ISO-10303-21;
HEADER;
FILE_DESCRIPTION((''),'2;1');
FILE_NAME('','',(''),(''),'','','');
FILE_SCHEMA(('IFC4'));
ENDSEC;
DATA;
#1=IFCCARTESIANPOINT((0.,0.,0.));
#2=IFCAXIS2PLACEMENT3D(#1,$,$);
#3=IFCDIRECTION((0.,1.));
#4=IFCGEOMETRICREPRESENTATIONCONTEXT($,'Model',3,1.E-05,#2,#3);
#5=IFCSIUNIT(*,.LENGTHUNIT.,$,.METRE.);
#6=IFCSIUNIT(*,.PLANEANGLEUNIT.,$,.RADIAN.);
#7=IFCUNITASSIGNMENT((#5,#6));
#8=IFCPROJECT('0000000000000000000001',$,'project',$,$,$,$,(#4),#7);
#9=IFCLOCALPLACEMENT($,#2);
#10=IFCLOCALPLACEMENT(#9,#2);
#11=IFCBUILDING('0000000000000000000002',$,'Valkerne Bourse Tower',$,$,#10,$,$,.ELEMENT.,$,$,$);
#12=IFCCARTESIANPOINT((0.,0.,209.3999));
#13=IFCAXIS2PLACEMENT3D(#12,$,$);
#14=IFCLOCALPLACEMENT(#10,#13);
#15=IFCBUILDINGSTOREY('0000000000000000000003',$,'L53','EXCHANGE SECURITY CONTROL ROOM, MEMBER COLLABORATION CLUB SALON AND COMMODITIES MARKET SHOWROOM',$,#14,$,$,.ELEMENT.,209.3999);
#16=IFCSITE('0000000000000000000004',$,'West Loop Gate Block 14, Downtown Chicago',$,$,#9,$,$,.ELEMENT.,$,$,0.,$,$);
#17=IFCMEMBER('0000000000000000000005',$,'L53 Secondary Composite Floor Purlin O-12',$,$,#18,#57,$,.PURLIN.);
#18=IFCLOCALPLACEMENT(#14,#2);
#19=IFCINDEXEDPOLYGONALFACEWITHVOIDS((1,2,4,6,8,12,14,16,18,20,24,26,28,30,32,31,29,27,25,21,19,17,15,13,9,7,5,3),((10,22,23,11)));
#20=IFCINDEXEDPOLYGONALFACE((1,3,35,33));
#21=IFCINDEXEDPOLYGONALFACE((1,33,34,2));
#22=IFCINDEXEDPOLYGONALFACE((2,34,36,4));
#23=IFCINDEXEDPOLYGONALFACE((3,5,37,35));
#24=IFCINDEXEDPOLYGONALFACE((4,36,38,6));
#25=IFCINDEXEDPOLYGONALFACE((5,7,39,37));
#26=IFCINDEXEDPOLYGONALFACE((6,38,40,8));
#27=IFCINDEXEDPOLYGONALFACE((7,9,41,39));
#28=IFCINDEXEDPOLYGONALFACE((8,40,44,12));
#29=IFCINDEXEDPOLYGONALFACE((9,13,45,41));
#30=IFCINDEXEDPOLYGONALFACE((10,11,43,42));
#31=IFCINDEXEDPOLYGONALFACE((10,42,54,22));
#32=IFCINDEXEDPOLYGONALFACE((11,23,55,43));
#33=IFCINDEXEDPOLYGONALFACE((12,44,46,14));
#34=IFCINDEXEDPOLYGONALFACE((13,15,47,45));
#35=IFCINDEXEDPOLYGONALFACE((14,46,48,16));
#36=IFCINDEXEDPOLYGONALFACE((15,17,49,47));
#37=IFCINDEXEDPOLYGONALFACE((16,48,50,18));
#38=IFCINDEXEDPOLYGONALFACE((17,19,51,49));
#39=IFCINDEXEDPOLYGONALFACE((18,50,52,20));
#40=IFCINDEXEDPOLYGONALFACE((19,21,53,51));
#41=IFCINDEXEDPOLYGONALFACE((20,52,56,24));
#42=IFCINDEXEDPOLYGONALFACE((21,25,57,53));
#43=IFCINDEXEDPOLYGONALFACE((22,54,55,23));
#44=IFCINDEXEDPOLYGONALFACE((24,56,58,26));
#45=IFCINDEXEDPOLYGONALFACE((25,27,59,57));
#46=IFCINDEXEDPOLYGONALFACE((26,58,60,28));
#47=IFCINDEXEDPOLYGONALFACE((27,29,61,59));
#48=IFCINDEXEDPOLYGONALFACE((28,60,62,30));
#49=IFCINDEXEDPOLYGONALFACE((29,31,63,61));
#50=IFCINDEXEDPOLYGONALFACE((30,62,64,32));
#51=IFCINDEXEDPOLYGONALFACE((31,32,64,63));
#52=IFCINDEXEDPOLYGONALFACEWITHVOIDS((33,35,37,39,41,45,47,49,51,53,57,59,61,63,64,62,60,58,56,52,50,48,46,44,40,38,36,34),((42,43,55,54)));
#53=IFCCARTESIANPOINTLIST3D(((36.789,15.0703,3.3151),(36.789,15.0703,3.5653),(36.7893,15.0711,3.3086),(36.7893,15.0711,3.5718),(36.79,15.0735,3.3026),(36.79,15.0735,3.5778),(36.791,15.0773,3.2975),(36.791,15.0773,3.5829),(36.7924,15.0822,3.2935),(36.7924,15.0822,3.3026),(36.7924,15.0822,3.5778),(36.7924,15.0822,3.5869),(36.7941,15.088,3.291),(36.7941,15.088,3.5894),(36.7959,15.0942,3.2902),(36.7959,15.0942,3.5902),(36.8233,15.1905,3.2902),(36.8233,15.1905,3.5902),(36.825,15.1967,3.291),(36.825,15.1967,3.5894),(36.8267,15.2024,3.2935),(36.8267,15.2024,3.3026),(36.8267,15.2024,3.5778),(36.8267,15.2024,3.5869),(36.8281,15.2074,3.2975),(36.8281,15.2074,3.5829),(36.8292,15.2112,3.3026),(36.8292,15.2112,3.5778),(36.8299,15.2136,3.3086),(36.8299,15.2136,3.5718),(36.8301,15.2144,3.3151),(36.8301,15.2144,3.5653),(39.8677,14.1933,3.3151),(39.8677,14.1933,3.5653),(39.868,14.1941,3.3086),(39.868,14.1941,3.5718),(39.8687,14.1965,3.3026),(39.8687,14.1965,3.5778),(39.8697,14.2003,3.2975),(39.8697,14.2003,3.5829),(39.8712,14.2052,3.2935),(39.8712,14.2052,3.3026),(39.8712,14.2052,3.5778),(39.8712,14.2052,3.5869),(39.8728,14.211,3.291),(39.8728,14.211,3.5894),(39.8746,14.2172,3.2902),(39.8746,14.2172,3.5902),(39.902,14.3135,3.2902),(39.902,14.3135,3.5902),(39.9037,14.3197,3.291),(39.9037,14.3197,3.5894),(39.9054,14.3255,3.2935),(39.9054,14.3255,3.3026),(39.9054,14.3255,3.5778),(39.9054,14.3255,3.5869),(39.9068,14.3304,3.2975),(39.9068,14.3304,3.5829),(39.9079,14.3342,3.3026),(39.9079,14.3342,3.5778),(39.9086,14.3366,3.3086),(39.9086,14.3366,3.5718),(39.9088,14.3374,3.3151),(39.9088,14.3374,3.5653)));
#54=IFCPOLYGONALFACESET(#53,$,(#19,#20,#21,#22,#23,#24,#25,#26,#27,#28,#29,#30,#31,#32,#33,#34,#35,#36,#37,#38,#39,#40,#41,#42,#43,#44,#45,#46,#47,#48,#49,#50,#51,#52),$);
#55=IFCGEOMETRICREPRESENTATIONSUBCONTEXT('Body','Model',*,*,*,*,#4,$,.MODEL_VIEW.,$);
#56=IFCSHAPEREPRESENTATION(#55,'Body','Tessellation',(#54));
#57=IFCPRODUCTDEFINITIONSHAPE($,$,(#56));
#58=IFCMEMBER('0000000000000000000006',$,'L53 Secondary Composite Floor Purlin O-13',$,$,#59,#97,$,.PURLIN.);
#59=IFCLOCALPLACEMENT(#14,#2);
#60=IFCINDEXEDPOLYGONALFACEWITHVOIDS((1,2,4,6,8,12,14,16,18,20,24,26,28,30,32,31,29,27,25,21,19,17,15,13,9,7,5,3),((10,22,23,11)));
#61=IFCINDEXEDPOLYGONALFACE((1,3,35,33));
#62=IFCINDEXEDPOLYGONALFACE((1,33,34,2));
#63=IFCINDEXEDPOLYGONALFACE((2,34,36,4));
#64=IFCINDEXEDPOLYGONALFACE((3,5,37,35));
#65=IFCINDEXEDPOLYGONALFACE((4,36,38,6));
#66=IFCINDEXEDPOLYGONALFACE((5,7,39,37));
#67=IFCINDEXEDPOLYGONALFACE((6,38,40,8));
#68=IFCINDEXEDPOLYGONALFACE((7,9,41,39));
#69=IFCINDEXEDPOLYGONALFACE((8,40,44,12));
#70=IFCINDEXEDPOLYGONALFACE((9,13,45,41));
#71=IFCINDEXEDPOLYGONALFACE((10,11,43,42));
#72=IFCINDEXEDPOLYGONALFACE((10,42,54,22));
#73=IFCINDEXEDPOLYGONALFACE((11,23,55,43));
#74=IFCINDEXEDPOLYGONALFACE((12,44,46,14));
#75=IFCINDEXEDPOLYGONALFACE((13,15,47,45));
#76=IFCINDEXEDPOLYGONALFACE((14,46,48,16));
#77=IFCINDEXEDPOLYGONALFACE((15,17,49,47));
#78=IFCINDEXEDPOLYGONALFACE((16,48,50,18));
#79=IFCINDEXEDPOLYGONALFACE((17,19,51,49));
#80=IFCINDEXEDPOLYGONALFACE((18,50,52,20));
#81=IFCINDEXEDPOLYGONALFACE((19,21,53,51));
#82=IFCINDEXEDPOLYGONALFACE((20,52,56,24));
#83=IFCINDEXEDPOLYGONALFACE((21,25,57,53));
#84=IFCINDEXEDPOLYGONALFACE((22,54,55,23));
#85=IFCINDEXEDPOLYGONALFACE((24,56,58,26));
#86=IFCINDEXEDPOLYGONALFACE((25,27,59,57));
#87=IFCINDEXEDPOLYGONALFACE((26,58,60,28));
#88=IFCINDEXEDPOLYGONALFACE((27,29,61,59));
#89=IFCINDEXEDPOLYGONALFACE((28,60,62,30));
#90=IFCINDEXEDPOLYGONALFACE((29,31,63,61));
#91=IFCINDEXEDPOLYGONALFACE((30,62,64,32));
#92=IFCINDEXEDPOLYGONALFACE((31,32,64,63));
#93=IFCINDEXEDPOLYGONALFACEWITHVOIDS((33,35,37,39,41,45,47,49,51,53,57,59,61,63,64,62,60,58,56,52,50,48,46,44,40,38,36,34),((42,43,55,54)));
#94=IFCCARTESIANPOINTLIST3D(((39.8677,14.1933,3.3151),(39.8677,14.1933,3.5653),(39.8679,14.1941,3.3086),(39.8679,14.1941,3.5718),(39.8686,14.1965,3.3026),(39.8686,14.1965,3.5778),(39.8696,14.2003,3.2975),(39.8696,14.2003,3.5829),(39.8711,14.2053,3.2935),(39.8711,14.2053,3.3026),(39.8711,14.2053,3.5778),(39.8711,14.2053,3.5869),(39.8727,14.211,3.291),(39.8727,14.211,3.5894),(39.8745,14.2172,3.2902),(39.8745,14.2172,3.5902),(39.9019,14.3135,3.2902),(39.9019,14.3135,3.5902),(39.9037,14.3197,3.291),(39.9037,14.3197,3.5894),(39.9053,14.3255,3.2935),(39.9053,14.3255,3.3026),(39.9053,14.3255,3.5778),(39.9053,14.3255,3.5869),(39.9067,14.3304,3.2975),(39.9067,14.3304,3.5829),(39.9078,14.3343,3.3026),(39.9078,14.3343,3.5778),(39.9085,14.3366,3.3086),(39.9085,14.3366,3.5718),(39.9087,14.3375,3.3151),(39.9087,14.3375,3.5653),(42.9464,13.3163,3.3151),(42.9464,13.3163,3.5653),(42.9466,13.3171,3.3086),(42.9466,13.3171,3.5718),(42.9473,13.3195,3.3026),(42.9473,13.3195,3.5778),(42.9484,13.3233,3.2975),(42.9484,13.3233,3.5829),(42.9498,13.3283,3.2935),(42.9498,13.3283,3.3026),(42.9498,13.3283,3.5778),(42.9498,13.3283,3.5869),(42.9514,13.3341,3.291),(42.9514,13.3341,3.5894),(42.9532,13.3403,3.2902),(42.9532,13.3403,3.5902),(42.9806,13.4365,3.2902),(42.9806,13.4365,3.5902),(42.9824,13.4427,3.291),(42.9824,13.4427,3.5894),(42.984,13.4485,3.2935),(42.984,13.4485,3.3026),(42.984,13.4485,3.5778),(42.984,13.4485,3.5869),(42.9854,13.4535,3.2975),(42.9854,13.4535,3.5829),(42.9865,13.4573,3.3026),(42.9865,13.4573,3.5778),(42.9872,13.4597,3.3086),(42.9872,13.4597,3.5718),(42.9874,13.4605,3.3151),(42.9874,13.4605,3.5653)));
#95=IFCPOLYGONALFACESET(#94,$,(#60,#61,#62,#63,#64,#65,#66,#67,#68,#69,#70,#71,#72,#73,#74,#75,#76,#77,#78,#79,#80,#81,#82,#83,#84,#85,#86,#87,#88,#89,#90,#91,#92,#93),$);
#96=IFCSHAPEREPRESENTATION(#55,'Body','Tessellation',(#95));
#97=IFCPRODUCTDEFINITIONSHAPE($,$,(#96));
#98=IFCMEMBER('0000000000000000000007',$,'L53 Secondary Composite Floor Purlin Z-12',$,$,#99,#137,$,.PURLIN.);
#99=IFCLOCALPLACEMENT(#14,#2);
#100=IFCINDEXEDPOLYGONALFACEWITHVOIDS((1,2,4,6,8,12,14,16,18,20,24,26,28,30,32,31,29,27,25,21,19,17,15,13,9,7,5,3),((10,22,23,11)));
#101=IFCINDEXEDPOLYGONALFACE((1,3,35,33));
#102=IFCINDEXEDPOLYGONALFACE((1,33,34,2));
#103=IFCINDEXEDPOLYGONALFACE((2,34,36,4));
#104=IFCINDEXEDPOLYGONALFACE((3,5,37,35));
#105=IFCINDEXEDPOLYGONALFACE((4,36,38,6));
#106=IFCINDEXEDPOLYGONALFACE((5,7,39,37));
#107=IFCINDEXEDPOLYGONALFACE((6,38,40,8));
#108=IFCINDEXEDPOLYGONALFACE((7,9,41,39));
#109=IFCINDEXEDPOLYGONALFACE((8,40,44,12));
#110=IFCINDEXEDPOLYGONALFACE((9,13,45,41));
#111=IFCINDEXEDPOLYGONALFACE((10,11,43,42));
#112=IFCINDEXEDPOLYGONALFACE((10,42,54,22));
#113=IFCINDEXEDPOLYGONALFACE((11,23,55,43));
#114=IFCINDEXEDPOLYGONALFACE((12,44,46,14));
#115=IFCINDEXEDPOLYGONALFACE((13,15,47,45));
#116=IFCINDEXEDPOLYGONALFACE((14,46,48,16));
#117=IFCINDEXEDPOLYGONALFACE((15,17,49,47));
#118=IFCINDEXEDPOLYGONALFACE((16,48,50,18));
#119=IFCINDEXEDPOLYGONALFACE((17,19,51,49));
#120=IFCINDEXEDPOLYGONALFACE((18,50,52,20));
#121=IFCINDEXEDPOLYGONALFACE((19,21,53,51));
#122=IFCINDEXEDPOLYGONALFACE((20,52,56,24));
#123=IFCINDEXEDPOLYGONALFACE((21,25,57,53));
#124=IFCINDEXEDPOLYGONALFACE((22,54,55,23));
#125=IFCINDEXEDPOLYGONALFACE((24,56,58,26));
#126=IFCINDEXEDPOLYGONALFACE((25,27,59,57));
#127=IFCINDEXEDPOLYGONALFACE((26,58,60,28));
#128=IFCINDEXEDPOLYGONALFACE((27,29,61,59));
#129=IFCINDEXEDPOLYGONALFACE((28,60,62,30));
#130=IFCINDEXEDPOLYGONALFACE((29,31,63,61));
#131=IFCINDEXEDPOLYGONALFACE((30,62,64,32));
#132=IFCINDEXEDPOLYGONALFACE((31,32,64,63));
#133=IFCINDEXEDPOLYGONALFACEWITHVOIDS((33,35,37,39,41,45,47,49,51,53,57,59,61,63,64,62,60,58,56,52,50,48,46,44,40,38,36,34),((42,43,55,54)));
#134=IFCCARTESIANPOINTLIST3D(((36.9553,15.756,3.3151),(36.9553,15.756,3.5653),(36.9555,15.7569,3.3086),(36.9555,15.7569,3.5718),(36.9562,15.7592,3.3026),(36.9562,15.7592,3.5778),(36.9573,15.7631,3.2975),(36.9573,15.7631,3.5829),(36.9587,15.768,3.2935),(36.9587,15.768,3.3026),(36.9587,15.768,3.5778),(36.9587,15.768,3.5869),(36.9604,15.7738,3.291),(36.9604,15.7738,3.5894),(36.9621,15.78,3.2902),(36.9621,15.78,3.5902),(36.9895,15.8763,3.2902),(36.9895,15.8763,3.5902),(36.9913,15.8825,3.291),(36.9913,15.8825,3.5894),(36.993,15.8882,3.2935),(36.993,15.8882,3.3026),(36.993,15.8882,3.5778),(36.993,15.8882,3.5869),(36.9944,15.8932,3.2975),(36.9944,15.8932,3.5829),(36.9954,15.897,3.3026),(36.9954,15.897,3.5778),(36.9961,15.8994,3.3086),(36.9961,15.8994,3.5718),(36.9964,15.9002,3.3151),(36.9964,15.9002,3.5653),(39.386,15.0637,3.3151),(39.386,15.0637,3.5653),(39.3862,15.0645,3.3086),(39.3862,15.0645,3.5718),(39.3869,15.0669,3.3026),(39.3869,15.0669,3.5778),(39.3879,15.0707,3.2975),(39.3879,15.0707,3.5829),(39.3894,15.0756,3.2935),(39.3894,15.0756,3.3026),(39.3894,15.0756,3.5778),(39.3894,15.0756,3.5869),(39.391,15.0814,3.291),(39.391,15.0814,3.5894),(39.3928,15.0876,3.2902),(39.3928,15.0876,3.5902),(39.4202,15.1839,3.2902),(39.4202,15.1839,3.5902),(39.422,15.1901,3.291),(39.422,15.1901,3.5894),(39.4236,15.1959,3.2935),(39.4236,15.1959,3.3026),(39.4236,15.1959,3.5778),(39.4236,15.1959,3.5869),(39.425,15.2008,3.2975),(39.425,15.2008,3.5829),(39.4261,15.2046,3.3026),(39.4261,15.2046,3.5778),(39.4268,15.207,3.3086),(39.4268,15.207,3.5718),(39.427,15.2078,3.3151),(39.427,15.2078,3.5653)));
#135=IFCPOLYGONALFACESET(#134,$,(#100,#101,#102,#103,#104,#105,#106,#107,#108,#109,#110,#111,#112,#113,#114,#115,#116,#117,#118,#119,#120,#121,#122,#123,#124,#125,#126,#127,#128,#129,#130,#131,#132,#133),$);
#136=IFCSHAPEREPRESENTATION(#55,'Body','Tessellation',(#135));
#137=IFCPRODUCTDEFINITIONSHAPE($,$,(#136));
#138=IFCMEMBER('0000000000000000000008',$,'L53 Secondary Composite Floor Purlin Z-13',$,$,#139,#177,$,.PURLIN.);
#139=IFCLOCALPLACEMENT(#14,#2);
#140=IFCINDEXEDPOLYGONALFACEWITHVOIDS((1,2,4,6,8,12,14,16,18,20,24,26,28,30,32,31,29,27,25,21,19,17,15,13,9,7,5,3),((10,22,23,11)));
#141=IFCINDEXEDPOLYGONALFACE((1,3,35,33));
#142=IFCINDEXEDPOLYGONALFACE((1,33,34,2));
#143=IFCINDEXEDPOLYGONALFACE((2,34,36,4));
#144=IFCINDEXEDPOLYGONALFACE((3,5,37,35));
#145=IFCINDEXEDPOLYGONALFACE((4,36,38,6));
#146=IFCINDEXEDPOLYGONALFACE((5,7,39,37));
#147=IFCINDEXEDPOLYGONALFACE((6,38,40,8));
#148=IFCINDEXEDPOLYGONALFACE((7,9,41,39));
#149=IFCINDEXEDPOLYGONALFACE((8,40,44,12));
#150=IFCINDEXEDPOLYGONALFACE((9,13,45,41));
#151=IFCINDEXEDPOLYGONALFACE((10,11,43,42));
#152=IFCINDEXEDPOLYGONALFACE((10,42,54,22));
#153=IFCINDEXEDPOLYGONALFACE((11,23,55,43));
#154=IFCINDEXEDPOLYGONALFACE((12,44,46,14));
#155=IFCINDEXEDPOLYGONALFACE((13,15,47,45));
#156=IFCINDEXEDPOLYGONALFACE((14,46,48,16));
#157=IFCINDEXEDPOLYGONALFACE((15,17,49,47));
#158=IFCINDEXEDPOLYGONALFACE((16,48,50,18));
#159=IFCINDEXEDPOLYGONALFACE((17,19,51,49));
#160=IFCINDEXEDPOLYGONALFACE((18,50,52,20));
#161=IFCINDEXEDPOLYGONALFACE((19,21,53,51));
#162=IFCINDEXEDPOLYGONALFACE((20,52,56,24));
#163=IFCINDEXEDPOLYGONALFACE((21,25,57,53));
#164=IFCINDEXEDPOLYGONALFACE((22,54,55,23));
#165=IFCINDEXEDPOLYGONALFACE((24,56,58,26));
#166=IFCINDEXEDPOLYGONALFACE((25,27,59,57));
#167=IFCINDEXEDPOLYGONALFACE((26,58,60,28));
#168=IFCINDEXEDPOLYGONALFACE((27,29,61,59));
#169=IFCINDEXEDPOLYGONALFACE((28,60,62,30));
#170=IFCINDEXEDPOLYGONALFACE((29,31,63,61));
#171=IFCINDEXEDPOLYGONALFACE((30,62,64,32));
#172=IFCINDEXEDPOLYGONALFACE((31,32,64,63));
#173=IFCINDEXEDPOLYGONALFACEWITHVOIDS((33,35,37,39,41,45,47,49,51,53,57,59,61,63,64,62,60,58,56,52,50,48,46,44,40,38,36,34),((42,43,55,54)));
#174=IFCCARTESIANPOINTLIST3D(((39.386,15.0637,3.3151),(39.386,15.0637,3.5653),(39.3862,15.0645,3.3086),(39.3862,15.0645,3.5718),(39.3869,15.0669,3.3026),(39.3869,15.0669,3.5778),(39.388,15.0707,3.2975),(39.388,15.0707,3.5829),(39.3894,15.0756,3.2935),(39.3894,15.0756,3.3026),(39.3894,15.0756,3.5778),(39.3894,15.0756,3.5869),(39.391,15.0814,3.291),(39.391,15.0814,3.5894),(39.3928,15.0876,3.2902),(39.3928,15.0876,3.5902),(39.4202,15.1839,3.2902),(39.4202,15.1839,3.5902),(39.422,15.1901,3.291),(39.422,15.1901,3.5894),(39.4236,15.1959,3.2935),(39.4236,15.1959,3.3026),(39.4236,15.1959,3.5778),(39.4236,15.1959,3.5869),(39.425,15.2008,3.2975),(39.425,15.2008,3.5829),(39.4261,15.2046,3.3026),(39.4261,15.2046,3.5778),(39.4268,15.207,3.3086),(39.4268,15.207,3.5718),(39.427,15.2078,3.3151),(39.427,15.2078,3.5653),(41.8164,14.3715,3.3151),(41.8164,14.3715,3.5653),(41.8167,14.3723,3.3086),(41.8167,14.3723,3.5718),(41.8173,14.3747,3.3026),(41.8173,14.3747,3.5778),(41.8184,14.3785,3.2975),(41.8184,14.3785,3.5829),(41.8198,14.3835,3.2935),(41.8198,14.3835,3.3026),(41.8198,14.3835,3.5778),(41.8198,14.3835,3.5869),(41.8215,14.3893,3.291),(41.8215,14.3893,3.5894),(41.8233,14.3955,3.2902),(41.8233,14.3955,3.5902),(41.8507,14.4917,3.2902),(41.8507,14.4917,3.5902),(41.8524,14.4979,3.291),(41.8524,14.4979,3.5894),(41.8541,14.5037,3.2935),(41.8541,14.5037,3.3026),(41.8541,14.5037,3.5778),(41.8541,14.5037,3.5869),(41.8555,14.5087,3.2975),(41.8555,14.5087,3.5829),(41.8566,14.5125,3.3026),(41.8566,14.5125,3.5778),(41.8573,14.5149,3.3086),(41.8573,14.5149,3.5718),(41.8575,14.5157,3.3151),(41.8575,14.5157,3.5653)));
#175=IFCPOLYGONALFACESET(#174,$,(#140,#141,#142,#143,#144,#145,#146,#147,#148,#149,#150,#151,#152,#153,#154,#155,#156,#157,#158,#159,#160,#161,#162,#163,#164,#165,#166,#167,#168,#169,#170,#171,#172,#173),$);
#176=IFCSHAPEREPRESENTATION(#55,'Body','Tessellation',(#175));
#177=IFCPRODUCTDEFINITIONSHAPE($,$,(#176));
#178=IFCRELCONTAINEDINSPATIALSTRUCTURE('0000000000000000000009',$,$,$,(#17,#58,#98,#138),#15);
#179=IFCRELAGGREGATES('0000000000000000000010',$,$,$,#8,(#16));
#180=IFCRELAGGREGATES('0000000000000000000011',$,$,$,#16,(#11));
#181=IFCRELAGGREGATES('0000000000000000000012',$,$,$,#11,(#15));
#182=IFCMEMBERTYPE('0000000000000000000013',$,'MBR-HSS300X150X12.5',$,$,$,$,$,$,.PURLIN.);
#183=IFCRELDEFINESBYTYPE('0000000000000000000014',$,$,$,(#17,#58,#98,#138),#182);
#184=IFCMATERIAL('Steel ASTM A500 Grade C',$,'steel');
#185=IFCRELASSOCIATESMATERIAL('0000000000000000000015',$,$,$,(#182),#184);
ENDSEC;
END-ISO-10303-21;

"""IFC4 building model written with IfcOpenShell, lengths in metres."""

from ifc_helpers import new_model, si_unit, direction, frame, origin, origin_2d, place, context, subcontext, project, spatial, hollow_rectangle, extrude, material, material_profile, profile_set, type_object, element, save


model = new_model("IFC4")

# Units and contexts
model_context = context("Model", 3, precision=1e-05, world=origin(), true_north=direction((0.0, 1.0)))
body_context = subcontext(model_context, "Body", "Model", "MODEL_VIEW")
ifc_project = project(units=[si_unit("LENGTHUNIT", "METRE"), si_unit("PLANEANGLEUNIT", "RADIAN")], contexts=[model_context])

# Site, building, storey
site_placement = place(None, origin())
site = spatial("IfcSite", under=ifc_project, at=site_placement, Name="West Loop Gate Block 14, Downtown Chicago", CompositionType="ELEMENT", RefElevation=0.0)
building_placement = place(site_placement, origin())
building = spatial("IfcBuilding", under=site, at=building_placement, Name="Valkerne Bourse Tower", CompositionType="ELEMENT")
storey_placement = place(building_placement, frame((0.0, 0.0, 209.3999)))
storey = spatial("IfcBuildingStorey", under=building, at=storey_placement, Name="L53", Description="EXCHANGE SECURITY CONTROL ROOM, MEMBER COLLABORATION CLUB SALON AND COMMODITIES MARKET SHOWROOM", CompositionType="ELEMENT", Elevation=209.3999)

# Members
ifc_material_1 = material(Name="Steel ASTM A500 Grade C", Category="steel")
ifc_material_profile_1 = material_profile(ifc_material_1, hollow_rectangle(XDim=0.1499, YDim=0.3, WallThickness=0.0125, OuterFilletRadius=0.0249, at=origin_2d()), Name="HSS300X150X12.5")
ifc_profile_set_1 = profile_set([ifc_material_profile_1], Name="Steel ASTM A500 Grade C")
member_type_1 = type_object("IfcMemberType", Name="MBR-HSS300X150X12.5", PredefinedType="PURLIN", material=ifc_profile_set_1)
for number, where, z_axis, x_axis, name in (
    (1, (36.8096, 15.1423, 3.4402), (0.961742, -0.273955, 0.0), (0.273955, 0.961742, 0.0), "L53 Secondary Composite Floor Purlin O-12"),
    (2, (39.8882, 14.2654, 3.4402), (0.961742, -0.273955, 0.0), (0.273955, 0.961742, 0.0), "L53 Secondary Composite Floor Purlin O-13"),
):
    element("IfcMember", number, at=place(storey_placement, frame(where, z_axis=z_axis, x_axis=x_axis)), inside=storey, type_object=member_type_1, Name=name, PredefinedType="PURLIN", context=body_context, shape_type="SweptSolid", body=[
        extrude(hollow_rectangle(XDim=0.1499, YDim=0.3, WallThickness=0.0125, OuterFilletRadius=0.0249, at=origin_2d()), origin(), (0.0, 0.0, 1.0), 3.2012),
    ])
member_1_placement = place(storey_placement, frame((36.9758, 15.8281, 3.4402), z_axis=(0.961742, -0.273956, 0.0), x_axis=(0.273956, 0.961742, 0.0)))
element("IfcMember", 3, at=member_1_placement, inside=storey, type_object=member_type_1, Name="L53 Secondary Composite Floor Purlin Z-12", PredefinedType="PURLIN", context=body_context, shape_type="SweptSolid", body=[
    extrude(hollow_rectangle(XDim=0.1499, YDim=0.3, WallThickness=0.0125, OuterFilletRadius=0.0249, at=origin_2d()), origin(), (0.0, 0.0, 1.0), 2.5273),
])
member_2_placement = place(storey_placement, frame((39.4065, 15.1357, 3.4402), z_axis=(0.961761, -0.273892, 0.0), x_axis=(0.273892, 0.961761, 0.0)))
element("IfcMember", 4, at=member_2_placement, inside=storey, type_object=member_type_1, Name="L53 Secondary Composite Floor Purlin Z-13", PredefinedType="PURLIN", context=body_context, shape_type="SweptSolid", body=[
    extrude(hollow_rectangle(XDim=0.1499, YDim=0.3, WallThickness=0.0125, OuterFilletRadius=0.0249, at=origin_2d()), origin(), (0.0, 0.0, 1.0), 2.5271),
])

save(model, "model.ifc")
